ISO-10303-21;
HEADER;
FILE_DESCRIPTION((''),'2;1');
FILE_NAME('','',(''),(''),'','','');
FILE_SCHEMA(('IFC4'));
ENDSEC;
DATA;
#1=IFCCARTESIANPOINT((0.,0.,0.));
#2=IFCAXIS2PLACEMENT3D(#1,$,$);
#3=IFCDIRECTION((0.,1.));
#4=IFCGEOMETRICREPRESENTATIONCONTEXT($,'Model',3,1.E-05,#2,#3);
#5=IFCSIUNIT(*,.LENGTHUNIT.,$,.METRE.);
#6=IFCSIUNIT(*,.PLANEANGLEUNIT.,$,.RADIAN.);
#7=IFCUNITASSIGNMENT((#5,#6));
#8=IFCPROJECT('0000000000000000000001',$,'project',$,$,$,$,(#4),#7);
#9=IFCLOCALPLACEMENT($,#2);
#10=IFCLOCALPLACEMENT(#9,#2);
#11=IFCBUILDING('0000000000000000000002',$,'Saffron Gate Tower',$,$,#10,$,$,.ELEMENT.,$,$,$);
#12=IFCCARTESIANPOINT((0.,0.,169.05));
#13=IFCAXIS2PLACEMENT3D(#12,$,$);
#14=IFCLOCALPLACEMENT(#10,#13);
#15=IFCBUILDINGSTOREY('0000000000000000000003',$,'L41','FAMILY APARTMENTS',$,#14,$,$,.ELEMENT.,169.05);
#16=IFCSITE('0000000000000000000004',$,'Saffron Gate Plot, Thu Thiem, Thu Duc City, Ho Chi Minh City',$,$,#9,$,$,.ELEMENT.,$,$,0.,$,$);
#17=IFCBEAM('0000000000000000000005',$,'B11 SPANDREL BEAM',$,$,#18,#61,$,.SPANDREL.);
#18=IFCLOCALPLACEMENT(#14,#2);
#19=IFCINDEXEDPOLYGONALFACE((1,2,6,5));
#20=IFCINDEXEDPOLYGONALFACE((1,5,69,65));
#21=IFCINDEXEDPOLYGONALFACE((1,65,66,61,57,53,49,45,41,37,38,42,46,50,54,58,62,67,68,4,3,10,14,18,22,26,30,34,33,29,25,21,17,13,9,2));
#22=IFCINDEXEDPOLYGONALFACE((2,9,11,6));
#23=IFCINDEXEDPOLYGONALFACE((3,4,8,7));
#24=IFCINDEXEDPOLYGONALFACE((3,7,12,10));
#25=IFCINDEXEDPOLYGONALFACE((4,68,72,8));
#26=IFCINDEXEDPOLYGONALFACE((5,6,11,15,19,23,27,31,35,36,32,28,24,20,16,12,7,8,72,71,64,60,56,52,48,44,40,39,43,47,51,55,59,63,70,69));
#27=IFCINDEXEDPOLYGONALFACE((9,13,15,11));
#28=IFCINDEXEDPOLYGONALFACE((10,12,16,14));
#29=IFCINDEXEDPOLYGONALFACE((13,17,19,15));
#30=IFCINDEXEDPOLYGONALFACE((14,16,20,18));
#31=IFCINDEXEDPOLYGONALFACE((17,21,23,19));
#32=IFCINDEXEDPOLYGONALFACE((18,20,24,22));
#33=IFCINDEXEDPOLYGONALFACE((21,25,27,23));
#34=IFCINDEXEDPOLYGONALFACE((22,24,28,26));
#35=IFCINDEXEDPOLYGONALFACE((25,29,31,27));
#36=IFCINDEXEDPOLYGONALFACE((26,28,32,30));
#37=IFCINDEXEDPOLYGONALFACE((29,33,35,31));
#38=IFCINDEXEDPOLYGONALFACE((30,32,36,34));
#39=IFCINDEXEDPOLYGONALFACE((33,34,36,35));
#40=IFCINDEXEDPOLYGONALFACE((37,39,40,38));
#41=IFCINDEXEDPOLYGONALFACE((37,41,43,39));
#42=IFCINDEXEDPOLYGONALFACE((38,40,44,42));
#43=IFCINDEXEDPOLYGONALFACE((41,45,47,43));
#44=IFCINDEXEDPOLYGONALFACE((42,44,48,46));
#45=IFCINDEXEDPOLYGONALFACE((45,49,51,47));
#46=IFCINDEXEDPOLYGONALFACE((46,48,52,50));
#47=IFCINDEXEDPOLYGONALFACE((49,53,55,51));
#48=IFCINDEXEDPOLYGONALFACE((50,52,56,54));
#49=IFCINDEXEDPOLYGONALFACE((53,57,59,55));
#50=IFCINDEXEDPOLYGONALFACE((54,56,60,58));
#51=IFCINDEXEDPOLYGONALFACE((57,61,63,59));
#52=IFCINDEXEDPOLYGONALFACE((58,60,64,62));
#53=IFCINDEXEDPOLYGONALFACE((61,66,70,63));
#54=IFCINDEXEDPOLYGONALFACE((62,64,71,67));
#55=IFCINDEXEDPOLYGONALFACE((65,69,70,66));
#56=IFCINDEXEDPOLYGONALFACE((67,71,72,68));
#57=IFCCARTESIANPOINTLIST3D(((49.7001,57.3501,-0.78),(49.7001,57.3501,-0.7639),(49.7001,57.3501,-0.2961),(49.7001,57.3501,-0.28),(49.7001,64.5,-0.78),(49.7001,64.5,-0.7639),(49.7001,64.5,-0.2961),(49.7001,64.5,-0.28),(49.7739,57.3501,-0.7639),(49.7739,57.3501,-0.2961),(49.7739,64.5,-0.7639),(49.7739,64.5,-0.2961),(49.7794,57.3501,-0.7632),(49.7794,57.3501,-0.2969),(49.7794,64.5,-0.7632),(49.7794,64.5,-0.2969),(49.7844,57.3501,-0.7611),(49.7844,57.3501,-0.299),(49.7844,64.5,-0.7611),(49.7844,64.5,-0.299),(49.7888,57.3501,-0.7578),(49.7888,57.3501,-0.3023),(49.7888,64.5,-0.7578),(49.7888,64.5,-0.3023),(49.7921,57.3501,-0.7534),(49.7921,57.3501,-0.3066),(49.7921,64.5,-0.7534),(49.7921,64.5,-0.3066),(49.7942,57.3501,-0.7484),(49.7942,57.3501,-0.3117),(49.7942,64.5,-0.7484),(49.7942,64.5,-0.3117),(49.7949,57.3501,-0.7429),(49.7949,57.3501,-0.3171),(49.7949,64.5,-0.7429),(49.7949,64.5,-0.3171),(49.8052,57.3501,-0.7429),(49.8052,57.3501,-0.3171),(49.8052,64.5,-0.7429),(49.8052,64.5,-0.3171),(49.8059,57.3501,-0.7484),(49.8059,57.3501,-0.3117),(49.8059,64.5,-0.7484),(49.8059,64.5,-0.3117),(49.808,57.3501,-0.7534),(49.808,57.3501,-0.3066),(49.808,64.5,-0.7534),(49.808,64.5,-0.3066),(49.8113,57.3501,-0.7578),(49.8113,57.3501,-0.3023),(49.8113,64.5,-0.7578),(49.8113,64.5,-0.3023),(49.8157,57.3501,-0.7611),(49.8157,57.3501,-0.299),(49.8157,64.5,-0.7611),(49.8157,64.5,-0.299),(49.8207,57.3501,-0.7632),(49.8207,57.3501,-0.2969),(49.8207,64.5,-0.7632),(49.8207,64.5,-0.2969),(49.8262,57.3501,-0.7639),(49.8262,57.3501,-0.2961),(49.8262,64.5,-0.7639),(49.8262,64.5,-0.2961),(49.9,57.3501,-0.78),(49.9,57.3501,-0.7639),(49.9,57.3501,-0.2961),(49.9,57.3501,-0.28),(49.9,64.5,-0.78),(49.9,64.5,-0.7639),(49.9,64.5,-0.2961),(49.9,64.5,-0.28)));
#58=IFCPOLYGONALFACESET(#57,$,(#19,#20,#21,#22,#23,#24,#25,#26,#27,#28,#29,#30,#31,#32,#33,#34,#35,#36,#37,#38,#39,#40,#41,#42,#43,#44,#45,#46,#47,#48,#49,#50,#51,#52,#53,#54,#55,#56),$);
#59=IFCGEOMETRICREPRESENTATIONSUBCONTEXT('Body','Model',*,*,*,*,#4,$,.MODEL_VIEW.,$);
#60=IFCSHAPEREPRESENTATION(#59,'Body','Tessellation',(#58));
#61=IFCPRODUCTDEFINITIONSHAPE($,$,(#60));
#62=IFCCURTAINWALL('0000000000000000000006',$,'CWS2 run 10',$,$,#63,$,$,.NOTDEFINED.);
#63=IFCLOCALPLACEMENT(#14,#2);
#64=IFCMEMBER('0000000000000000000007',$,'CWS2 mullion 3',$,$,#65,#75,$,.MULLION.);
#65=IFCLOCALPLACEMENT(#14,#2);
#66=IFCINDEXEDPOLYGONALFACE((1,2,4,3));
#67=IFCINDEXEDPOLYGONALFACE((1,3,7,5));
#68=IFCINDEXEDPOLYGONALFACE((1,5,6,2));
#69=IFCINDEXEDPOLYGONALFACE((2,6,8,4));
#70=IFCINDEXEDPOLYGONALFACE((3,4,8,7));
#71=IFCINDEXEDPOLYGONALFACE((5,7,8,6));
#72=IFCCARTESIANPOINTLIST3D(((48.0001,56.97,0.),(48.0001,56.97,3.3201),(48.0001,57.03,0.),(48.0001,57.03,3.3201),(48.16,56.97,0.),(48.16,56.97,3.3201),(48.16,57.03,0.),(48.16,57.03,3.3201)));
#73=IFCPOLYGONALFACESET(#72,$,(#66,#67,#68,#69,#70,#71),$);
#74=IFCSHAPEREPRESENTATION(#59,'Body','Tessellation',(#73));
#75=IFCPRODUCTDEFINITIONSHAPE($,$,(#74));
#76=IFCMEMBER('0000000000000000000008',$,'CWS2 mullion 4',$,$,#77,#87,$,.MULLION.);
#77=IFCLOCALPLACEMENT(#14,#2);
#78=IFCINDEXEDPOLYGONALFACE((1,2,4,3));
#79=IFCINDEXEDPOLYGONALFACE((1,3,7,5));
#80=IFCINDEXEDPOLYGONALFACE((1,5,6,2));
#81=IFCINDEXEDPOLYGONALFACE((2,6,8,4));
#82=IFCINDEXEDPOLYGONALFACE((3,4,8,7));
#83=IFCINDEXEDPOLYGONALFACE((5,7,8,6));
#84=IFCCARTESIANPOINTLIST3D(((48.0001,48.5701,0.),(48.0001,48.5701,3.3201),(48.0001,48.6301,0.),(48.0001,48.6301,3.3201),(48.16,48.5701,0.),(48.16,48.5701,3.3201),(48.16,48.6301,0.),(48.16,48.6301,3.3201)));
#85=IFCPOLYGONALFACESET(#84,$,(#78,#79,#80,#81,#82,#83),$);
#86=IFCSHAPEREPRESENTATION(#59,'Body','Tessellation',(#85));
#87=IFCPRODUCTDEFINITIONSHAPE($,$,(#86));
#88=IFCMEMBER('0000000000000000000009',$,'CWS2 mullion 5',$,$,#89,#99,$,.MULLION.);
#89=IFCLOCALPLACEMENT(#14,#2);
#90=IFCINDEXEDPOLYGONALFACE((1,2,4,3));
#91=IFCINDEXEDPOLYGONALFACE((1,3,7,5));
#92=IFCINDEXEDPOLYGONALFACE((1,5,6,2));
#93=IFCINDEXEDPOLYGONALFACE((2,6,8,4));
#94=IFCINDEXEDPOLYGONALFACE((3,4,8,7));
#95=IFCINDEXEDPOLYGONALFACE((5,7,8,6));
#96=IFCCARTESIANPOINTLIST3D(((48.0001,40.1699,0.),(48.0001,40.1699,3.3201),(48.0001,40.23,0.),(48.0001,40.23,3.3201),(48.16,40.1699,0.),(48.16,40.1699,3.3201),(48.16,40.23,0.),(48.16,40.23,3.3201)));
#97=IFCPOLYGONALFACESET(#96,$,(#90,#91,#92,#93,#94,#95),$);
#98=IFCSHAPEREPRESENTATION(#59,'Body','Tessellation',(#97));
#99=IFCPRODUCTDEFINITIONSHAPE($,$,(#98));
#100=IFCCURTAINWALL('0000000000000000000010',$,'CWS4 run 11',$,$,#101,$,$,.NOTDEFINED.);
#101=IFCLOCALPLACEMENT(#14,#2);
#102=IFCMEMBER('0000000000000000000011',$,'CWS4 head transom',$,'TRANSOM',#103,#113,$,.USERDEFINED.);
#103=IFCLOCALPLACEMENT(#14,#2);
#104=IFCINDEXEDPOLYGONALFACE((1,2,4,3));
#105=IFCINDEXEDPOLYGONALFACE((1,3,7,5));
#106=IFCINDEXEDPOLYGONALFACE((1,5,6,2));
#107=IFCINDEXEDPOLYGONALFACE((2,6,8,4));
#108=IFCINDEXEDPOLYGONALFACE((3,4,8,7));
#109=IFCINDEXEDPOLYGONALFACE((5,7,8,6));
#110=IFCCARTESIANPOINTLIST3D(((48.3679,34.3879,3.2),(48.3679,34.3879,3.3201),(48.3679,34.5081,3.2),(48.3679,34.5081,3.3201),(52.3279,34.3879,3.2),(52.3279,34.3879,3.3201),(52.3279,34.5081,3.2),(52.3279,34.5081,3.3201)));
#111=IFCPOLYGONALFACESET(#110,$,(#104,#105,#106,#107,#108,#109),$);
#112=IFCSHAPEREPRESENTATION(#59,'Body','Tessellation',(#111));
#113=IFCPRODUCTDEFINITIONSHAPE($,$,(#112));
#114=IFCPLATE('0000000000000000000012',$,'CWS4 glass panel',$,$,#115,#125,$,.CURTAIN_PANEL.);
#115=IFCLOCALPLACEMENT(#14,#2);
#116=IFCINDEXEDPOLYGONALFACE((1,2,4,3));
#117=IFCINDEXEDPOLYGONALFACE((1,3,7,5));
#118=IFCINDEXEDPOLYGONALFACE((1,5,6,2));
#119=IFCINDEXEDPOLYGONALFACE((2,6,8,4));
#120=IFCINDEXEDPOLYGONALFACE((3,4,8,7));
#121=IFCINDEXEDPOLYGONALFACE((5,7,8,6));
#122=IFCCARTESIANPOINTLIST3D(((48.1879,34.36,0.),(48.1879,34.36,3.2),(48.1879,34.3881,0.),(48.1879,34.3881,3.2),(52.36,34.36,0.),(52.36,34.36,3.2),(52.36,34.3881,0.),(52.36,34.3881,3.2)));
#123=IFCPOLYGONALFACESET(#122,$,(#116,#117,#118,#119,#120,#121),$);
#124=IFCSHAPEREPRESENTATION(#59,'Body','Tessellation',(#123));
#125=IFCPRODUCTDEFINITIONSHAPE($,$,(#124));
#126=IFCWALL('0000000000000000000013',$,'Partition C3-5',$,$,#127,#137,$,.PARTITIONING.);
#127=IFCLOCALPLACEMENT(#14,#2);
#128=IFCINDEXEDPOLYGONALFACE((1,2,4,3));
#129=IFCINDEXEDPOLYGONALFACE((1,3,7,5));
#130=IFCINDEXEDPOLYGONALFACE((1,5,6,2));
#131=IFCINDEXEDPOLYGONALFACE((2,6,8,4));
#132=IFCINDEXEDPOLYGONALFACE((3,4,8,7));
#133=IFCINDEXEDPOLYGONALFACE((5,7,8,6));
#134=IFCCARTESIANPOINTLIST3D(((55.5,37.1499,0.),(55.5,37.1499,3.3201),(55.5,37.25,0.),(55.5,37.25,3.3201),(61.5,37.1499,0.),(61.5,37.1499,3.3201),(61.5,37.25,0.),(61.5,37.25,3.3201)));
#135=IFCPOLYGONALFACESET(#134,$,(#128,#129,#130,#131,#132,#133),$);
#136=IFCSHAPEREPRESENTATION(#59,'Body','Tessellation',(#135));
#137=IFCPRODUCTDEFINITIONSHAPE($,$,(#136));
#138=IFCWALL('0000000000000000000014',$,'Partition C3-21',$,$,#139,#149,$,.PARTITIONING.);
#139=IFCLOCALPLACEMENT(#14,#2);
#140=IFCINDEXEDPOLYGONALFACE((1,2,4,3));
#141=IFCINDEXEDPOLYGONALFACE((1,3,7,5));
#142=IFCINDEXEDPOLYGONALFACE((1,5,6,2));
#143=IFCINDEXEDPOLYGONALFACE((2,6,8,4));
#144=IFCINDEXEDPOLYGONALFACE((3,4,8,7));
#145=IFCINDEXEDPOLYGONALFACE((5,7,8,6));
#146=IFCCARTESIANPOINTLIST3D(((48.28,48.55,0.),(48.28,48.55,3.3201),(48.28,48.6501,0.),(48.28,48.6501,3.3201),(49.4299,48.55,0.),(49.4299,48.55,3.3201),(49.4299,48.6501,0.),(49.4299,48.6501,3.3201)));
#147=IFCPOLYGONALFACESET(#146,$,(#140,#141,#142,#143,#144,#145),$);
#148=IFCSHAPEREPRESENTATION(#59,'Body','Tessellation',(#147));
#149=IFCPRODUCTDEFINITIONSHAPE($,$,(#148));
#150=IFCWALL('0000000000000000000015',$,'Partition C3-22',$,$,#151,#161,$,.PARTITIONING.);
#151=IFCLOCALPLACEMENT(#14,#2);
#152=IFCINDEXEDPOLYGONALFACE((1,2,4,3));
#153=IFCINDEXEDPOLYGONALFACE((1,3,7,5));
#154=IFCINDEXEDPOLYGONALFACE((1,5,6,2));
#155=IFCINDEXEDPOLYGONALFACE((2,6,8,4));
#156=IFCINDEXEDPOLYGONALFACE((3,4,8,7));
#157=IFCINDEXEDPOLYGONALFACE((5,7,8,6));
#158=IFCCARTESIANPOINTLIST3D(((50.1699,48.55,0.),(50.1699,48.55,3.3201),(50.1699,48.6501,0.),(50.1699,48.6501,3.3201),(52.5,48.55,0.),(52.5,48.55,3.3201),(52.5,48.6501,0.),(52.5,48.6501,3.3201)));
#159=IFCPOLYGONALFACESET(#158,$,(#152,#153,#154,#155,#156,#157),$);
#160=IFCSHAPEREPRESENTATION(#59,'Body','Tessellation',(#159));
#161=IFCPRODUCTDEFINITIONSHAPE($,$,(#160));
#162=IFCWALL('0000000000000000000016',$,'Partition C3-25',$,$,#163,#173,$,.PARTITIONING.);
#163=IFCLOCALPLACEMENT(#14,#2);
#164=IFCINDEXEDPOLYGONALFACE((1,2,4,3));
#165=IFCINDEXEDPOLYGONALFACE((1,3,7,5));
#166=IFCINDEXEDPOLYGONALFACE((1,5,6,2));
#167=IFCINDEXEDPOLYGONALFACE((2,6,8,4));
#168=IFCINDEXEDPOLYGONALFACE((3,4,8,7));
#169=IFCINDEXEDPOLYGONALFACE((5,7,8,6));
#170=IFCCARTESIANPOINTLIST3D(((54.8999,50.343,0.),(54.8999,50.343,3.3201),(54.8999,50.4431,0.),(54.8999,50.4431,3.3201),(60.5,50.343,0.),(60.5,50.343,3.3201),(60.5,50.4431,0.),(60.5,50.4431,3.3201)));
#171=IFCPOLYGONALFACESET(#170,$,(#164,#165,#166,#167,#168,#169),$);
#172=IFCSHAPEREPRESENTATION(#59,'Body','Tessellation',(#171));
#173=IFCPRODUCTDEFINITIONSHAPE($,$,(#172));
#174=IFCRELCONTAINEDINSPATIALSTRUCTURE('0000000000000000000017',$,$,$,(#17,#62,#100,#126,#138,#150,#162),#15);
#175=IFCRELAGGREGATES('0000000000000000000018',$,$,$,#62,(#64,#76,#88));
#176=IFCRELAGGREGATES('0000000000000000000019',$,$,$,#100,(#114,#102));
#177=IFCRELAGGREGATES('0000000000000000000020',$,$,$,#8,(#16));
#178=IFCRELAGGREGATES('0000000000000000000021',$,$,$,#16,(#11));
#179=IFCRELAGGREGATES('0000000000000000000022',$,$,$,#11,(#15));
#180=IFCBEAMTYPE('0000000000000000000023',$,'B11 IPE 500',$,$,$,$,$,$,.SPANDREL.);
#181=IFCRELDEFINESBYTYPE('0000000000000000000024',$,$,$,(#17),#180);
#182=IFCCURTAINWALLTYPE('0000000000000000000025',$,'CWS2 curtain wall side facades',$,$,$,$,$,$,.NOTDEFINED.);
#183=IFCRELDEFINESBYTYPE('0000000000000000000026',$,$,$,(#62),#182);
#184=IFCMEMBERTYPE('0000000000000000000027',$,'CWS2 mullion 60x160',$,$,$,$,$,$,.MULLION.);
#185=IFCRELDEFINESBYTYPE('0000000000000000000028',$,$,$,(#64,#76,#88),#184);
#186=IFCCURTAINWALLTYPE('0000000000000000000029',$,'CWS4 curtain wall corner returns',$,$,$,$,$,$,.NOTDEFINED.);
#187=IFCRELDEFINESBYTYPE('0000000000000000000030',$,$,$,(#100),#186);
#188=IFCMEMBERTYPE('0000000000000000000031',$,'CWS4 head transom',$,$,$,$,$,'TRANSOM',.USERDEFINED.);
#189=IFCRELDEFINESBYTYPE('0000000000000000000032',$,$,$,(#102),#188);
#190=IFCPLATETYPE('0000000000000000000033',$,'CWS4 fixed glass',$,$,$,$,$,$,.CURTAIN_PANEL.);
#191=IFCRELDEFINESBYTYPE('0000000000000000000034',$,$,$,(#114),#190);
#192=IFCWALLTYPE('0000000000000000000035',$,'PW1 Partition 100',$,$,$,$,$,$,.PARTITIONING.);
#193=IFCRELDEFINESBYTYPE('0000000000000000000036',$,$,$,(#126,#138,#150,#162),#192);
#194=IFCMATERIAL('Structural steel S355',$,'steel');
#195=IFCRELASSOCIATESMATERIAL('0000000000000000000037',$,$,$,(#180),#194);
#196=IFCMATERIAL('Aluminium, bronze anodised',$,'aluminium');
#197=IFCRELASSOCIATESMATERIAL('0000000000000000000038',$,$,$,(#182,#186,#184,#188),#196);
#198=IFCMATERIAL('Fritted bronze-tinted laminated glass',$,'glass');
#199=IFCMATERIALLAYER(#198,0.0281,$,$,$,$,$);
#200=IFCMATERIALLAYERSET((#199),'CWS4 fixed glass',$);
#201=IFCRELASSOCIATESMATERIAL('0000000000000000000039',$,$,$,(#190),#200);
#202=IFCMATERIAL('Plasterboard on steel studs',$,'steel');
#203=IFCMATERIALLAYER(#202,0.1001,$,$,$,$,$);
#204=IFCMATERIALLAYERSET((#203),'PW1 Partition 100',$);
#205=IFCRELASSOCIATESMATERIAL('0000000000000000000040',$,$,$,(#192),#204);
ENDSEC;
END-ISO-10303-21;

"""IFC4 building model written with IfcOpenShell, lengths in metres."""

from ifc_helpers import new_model, si_unit, direction, frame, frame_2d, origin, origin_2d, place, context, subcontext, project, spatial, rectangle, i_section, extrude, material, layer, layer_set, material_profile, profile_set, type_object, element, aggregate, save


model = new_model("IFC4")

# Units and contexts
model_context = context("Model", 3, precision=1e-05, world=origin(), true_north=direction((0.0, 1.0)))
body_context = subcontext(model_context, "Body", "Model", "MODEL_VIEW")
ifc_project = project(units=[si_unit("LENGTHUNIT", "METRE"), si_unit("PLANEANGLEUNIT", "RADIAN")], contexts=[model_context])

# Site, building, storey
site_placement = place(None, origin())
site = spatial("IfcSite", under=ifc_project, at=site_placement, Name="Saffron Gate Plot, Thu Thiem, Thu Duc City, Ho Chi Minh City", CompositionType="ELEMENT", RefElevation=0.0)
building_placement = place(site_placement, origin())
building = spatial("IfcBuilding", under=site, at=building_placement, Name="Saffron Gate Tower", CompositionType="ELEMENT")
storey_placement = place(building_placement, frame((0.0, 0.0, 169.05)))
storey = spatial("IfcBuildingStorey", under=building, at=storey_placement, Name="L41", Description="FAMILY APARTMENTS", CompositionType="ELEMENT", Elevation=169.05)

# Beam
ifc_material_1 = material(Name="Structural steel S355", Category="steel")
ifc_material_profile_1 = material_profile(ifc_material_1, i_section(OverallWidth=0.2, OverallDepth=0.5, WebThickness=0.0103, FlangeThickness=0.0161, FilletRadius=0.021, at=origin_2d()))
ifc_profile_set_1 = profile_set([ifc_material_profile_1], Name="Structural steel S355")
beam_type = type_object("IfcBeamType", Name="B11 IPE 500", PredefinedType="SPANDREL", material=ifc_profile_set_1)
beam_1_placement = place(storey_placement, frame((49.8, 57.3501, -0.53), z_axis=(0.0, 1.0, 0.0), x_axis=(-1.0, 0.0, 0.0)))
element("IfcBeam", 1, at=beam_1_placement, inside=storey, type_object=beam_type, Name="B11 SPANDREL BEAM", PredefinedType="SPANDREL", context=body_context, shape_type="SweptSolid", body=[
    extrude(i_section(OverallWidth=0.2, OverallDepth=0.5, WebThickness=0.0103, FlangeThickness=0.0161, FilletRadius=0.021, at=origin_2d()), origin(), (0.0, 0.0, 1.0), 7.1499),
])

# Curtain wall, members
ifc_material_2 = material(Name="Aluminium, bronze anodised", Category="aluminium")
curtain_wall_type_1 = type_object("IfcCurtainWallType", Name="CWS2 curtain wall side facades", PredefinedType="NOTDEFINED", material=ifc_material_2)
curtain_wall_1_placement = place(storey_placement, origin())
curtain_wall_1 = element("IfcCurtainWall", 2, at=curtain_wall_1_placement, inside=storey, type_object=curtain_wall_type_1, Name="CWS2 run 10", PredefinedType="NOTDEFINED")
ifc_material_profile_2 = material_profile(ifc_material_2, rectangle(XDim=0.1599, YDim=0.0601, at=origin_2d()))
ifc_profile_set_2 = profile_set([ifc_material_profile_2], Name="Aluminium, bronze anodised")
member_type_1 = type_object("IfcMemberType", Name="CWS2 mullion 60x160", PredefinedType="MULLION", material=ifc_profile_set_2)
member_1_placement = place(storey_placement, frame((48.0801, 57.0, 0.0), z_axis=(0.0, 0.0, 1.0), x_axis=(1.0, 0.0, 0.0)))
member_1 = element("IfcMember", 3, at=member_1_placement, type_object=member_type_1, Name="CWS2 mullion 3", PredefinedType="MULLION", context=body_context, shape_type="SweptSolid", body=[
    extrude(rectangle(XDim=0.1599, YDim=0.0601, at=origin_2d()), origin(), (0.0, 0.0, 1.0), 3.3201),
])
member_2_placement = place(storey_placement, frame((48.0801, 48.6001, 0.0), z_axis=(0.0, 0.0, 1.0), x_axis=(1.0, 0.0, 0.0)))
member_2 = element("IfcMember", 4, at=member_2_placement, type_object=member_type_1, Name="CWS2 mullion 4", PredefinedType="MULLION", context=body_context, shape_type="SweptSolid", body=[
    extrude(rectangle(XDim=0.1599, YDim=0.0601, at=origin_2d()), origin(), (0.0, 0.0, 1.0), 3.3201),
])
member_3_placement = place(storey_placement, frame((48.0801, 40.2, 0.0), z_axis=(0.0, 0.0, 1.0), x_axis=(1.0, 0.0, 0.0)))
member_3 = element("IfcMember", 5, at=member_3_placement, type_object=member_type_1, Name="CWS2 mullion 5", PredefinedType="MULLION", context=body_context, shape_type="SweptSolid", body=[
    extrude(rectangle(XDim=0.1599, YDim=0.0601, at=origin_2d()), origin(), (0.0, 0.0, 1.0), 3.3201),
])
aggregate(curtain_wall_1, [member_1, member_2, member_3])

# Curtain wall, member, plate
curtain_wall_type_2 = type_object("IfcCurtainWallType", Name="CWS4 curtain wall corner returns", PredefinedType="NOTDEFINED", material=ifc_material_2)
curtain_wall_2_placement = place(storey_placement, origin())
curtain_wall_2 = element("IfcCurtainWall", 6, at=curtain_wall_2_placement, inside=storey, type_object=curtain_wall_type_2, Name="CWS4 run 11", PredefinedType="NOTDEFINED")
ifc_material_profile_3 = material_profile(ifc_material_2, rectangle(XDim=0.1201, YDim=0.1201, at=origin_2d()))
ifc_profile_set_3 = profile_set([ifc_material_profile_3], Name="Aluminium, bronze anodised")
member_type_2 = type_object("IfcMemberType", Name="CWS4 head transom", ElementType="TRANSOM", PredefinedType="USERDEFINED", material=ifc_profile_set_3)
member_4_placement = place(storey_placement, frame((48.3679, 34.448, 3.26), z_axis=(1.0, 0.0, 0.0), x_axis=(0.0, 1.0, 0.0)))
member_4 = element("IfcMember", 7, at=member_4_placement, type_object=member_type_2, Name="CWS4 head transom", ObjectType="TRANSOM", PredefinedType="USERDEFINED", context=body_context, shape_type="SweptSolid", body=[
    extrude(rectangle(XDim=0.1201, YDim=0.1201, at=origin_2d()), origin(), (0.0, 0.0, 1.0), 3.96),
])
ifc_material_3 = material(Name="Fritted bronze-tinted laminated glass", Category="glass")
ifc_layer_1 = layer(ifc_material_3, 0.0281)
ifc_layer_set_1 = layer_set([ifc_layer_1], Name="CWS4 fixed glass")
plate_type = type_object("IfcPlateType", Name="CWS4 fixed glass", PredefinedType="CURTAIN_PANEL", material=ifc_layer_set_1)
plate_placement = place(storey_placement, frame((48.188, 34.374, 0.0), z_axis=(0.0, 0.0, 1.0), x_axis=(1.0, 0.0, 0.0)))
plate = element("IfcPlate", 8, at=plate_placement, type_object=plate_type, Name="CWS4 glass panel", PredefinedType="CURTAIN_PANEL", context=body_context, shape_type="SweptSolid", body=[
    extrude(rectangle(XDim=4.1721, YDim=0.0281, at=frame_2d((2.0859, 0.0))), origin(), (0.0, 0.0, 1.0), 3.2),
])
aggregate(curtain_wall_2, [plate, member_4])

# Walls
ifc_material_4 = material(Name="Plasterboard on steel studs", Category="steel")
ifc_layer_2 = layer(ifc_material_4, 0.1001)
ifc_layer_set_2 = layer_set([ifc_layer_2], Name="PW1 Partition 100")
wall_type_1 = type_object("IfcWallType", Name="PW1 Partition 100", PredefinedType="PARTITIONING", material=ifc_layer_set_2)
wall_1_placement = place(storey_placement, frame((55.5, 37.2, 0.0), z_axis=(0.0, 0.0, 1.0), x_axis=(1.0, 0.0, 0.0)))
element("IfcWall", 9, at=wall_1_placement, inside=storey, type_object=wall_type_1, Name="Partition C3-5", PredefinedType="PARTITIONING", context=body_context, shape_type="SweptSolid", body=[
    extrude(rectangle(XDim=6.0, YDim=0.1001, at=frame_2d((3.0, 0.0))), origin(), (0.0, 0.0, 1.0), 3.3201),
])
wall_2_placement = place(storey_placement, frame((48.28, 48.6001, 0.0), z_axis=(0.0, 0.0, 1.0), x_axis=(1.0, 0.0, 0.0)))
element("IfcWall", 10, at=wall_2_placement, inside=storey, type_object=wall_type_1, Name="Partition C3-21", PredefinedType="PARTITIONING", context=body_context, shape_type="SweptSolid", body=[
    extrude(rectangle(XDim=1.1499, YDim=0.1001, at=frame_2d((0.575, 0.0))), origin(), (0.0, 0.0, 1.0), 3.3201),
])
wall_3_placement = place(storey_placement, frame((50.1699, 48.6001, 0.0), z_axis=(0.0, 0.0, 1.0), x_axis=(1.0, 0.0, 0.0)))
element("IfcWall", 11, at=wall_3_placement, inside=storey, type_object=wall_type_1, Name="Partition C3-22", PredefinedType="PARTITIONING", context=body_context, shape_type="SweptSolid", body=[
    extrude(rectangle(XDim=2.3301, YDim=0.1001, at=frame_2d((1.165, 0.0))), origin(), (0.0, 0.0, 1.0), 3.3201),
])
wall_4_placement = place(storey_placement, frame((54.8999, 50.3931, 0.0), z_axis=(0.0, 0.0, 1.0), x_axis=(1.0, 0.0, 0.0)))
element("IfcWall", 12, at=wall_4_placement, inside=storey, type_object=wall_type_1, Name="Partition C3-25", PredefinedType="PARTITIONING", context=body_context, shape_type="SweptSolid", body=[
    extrude(rectangle(XDim=5.6001, YDim=0.1001, at=frame_2d((2.8, 0.0))), origin(), (0.0, 0.0, 1.0), 3.3201),
])

save(model, "model.ifc")
